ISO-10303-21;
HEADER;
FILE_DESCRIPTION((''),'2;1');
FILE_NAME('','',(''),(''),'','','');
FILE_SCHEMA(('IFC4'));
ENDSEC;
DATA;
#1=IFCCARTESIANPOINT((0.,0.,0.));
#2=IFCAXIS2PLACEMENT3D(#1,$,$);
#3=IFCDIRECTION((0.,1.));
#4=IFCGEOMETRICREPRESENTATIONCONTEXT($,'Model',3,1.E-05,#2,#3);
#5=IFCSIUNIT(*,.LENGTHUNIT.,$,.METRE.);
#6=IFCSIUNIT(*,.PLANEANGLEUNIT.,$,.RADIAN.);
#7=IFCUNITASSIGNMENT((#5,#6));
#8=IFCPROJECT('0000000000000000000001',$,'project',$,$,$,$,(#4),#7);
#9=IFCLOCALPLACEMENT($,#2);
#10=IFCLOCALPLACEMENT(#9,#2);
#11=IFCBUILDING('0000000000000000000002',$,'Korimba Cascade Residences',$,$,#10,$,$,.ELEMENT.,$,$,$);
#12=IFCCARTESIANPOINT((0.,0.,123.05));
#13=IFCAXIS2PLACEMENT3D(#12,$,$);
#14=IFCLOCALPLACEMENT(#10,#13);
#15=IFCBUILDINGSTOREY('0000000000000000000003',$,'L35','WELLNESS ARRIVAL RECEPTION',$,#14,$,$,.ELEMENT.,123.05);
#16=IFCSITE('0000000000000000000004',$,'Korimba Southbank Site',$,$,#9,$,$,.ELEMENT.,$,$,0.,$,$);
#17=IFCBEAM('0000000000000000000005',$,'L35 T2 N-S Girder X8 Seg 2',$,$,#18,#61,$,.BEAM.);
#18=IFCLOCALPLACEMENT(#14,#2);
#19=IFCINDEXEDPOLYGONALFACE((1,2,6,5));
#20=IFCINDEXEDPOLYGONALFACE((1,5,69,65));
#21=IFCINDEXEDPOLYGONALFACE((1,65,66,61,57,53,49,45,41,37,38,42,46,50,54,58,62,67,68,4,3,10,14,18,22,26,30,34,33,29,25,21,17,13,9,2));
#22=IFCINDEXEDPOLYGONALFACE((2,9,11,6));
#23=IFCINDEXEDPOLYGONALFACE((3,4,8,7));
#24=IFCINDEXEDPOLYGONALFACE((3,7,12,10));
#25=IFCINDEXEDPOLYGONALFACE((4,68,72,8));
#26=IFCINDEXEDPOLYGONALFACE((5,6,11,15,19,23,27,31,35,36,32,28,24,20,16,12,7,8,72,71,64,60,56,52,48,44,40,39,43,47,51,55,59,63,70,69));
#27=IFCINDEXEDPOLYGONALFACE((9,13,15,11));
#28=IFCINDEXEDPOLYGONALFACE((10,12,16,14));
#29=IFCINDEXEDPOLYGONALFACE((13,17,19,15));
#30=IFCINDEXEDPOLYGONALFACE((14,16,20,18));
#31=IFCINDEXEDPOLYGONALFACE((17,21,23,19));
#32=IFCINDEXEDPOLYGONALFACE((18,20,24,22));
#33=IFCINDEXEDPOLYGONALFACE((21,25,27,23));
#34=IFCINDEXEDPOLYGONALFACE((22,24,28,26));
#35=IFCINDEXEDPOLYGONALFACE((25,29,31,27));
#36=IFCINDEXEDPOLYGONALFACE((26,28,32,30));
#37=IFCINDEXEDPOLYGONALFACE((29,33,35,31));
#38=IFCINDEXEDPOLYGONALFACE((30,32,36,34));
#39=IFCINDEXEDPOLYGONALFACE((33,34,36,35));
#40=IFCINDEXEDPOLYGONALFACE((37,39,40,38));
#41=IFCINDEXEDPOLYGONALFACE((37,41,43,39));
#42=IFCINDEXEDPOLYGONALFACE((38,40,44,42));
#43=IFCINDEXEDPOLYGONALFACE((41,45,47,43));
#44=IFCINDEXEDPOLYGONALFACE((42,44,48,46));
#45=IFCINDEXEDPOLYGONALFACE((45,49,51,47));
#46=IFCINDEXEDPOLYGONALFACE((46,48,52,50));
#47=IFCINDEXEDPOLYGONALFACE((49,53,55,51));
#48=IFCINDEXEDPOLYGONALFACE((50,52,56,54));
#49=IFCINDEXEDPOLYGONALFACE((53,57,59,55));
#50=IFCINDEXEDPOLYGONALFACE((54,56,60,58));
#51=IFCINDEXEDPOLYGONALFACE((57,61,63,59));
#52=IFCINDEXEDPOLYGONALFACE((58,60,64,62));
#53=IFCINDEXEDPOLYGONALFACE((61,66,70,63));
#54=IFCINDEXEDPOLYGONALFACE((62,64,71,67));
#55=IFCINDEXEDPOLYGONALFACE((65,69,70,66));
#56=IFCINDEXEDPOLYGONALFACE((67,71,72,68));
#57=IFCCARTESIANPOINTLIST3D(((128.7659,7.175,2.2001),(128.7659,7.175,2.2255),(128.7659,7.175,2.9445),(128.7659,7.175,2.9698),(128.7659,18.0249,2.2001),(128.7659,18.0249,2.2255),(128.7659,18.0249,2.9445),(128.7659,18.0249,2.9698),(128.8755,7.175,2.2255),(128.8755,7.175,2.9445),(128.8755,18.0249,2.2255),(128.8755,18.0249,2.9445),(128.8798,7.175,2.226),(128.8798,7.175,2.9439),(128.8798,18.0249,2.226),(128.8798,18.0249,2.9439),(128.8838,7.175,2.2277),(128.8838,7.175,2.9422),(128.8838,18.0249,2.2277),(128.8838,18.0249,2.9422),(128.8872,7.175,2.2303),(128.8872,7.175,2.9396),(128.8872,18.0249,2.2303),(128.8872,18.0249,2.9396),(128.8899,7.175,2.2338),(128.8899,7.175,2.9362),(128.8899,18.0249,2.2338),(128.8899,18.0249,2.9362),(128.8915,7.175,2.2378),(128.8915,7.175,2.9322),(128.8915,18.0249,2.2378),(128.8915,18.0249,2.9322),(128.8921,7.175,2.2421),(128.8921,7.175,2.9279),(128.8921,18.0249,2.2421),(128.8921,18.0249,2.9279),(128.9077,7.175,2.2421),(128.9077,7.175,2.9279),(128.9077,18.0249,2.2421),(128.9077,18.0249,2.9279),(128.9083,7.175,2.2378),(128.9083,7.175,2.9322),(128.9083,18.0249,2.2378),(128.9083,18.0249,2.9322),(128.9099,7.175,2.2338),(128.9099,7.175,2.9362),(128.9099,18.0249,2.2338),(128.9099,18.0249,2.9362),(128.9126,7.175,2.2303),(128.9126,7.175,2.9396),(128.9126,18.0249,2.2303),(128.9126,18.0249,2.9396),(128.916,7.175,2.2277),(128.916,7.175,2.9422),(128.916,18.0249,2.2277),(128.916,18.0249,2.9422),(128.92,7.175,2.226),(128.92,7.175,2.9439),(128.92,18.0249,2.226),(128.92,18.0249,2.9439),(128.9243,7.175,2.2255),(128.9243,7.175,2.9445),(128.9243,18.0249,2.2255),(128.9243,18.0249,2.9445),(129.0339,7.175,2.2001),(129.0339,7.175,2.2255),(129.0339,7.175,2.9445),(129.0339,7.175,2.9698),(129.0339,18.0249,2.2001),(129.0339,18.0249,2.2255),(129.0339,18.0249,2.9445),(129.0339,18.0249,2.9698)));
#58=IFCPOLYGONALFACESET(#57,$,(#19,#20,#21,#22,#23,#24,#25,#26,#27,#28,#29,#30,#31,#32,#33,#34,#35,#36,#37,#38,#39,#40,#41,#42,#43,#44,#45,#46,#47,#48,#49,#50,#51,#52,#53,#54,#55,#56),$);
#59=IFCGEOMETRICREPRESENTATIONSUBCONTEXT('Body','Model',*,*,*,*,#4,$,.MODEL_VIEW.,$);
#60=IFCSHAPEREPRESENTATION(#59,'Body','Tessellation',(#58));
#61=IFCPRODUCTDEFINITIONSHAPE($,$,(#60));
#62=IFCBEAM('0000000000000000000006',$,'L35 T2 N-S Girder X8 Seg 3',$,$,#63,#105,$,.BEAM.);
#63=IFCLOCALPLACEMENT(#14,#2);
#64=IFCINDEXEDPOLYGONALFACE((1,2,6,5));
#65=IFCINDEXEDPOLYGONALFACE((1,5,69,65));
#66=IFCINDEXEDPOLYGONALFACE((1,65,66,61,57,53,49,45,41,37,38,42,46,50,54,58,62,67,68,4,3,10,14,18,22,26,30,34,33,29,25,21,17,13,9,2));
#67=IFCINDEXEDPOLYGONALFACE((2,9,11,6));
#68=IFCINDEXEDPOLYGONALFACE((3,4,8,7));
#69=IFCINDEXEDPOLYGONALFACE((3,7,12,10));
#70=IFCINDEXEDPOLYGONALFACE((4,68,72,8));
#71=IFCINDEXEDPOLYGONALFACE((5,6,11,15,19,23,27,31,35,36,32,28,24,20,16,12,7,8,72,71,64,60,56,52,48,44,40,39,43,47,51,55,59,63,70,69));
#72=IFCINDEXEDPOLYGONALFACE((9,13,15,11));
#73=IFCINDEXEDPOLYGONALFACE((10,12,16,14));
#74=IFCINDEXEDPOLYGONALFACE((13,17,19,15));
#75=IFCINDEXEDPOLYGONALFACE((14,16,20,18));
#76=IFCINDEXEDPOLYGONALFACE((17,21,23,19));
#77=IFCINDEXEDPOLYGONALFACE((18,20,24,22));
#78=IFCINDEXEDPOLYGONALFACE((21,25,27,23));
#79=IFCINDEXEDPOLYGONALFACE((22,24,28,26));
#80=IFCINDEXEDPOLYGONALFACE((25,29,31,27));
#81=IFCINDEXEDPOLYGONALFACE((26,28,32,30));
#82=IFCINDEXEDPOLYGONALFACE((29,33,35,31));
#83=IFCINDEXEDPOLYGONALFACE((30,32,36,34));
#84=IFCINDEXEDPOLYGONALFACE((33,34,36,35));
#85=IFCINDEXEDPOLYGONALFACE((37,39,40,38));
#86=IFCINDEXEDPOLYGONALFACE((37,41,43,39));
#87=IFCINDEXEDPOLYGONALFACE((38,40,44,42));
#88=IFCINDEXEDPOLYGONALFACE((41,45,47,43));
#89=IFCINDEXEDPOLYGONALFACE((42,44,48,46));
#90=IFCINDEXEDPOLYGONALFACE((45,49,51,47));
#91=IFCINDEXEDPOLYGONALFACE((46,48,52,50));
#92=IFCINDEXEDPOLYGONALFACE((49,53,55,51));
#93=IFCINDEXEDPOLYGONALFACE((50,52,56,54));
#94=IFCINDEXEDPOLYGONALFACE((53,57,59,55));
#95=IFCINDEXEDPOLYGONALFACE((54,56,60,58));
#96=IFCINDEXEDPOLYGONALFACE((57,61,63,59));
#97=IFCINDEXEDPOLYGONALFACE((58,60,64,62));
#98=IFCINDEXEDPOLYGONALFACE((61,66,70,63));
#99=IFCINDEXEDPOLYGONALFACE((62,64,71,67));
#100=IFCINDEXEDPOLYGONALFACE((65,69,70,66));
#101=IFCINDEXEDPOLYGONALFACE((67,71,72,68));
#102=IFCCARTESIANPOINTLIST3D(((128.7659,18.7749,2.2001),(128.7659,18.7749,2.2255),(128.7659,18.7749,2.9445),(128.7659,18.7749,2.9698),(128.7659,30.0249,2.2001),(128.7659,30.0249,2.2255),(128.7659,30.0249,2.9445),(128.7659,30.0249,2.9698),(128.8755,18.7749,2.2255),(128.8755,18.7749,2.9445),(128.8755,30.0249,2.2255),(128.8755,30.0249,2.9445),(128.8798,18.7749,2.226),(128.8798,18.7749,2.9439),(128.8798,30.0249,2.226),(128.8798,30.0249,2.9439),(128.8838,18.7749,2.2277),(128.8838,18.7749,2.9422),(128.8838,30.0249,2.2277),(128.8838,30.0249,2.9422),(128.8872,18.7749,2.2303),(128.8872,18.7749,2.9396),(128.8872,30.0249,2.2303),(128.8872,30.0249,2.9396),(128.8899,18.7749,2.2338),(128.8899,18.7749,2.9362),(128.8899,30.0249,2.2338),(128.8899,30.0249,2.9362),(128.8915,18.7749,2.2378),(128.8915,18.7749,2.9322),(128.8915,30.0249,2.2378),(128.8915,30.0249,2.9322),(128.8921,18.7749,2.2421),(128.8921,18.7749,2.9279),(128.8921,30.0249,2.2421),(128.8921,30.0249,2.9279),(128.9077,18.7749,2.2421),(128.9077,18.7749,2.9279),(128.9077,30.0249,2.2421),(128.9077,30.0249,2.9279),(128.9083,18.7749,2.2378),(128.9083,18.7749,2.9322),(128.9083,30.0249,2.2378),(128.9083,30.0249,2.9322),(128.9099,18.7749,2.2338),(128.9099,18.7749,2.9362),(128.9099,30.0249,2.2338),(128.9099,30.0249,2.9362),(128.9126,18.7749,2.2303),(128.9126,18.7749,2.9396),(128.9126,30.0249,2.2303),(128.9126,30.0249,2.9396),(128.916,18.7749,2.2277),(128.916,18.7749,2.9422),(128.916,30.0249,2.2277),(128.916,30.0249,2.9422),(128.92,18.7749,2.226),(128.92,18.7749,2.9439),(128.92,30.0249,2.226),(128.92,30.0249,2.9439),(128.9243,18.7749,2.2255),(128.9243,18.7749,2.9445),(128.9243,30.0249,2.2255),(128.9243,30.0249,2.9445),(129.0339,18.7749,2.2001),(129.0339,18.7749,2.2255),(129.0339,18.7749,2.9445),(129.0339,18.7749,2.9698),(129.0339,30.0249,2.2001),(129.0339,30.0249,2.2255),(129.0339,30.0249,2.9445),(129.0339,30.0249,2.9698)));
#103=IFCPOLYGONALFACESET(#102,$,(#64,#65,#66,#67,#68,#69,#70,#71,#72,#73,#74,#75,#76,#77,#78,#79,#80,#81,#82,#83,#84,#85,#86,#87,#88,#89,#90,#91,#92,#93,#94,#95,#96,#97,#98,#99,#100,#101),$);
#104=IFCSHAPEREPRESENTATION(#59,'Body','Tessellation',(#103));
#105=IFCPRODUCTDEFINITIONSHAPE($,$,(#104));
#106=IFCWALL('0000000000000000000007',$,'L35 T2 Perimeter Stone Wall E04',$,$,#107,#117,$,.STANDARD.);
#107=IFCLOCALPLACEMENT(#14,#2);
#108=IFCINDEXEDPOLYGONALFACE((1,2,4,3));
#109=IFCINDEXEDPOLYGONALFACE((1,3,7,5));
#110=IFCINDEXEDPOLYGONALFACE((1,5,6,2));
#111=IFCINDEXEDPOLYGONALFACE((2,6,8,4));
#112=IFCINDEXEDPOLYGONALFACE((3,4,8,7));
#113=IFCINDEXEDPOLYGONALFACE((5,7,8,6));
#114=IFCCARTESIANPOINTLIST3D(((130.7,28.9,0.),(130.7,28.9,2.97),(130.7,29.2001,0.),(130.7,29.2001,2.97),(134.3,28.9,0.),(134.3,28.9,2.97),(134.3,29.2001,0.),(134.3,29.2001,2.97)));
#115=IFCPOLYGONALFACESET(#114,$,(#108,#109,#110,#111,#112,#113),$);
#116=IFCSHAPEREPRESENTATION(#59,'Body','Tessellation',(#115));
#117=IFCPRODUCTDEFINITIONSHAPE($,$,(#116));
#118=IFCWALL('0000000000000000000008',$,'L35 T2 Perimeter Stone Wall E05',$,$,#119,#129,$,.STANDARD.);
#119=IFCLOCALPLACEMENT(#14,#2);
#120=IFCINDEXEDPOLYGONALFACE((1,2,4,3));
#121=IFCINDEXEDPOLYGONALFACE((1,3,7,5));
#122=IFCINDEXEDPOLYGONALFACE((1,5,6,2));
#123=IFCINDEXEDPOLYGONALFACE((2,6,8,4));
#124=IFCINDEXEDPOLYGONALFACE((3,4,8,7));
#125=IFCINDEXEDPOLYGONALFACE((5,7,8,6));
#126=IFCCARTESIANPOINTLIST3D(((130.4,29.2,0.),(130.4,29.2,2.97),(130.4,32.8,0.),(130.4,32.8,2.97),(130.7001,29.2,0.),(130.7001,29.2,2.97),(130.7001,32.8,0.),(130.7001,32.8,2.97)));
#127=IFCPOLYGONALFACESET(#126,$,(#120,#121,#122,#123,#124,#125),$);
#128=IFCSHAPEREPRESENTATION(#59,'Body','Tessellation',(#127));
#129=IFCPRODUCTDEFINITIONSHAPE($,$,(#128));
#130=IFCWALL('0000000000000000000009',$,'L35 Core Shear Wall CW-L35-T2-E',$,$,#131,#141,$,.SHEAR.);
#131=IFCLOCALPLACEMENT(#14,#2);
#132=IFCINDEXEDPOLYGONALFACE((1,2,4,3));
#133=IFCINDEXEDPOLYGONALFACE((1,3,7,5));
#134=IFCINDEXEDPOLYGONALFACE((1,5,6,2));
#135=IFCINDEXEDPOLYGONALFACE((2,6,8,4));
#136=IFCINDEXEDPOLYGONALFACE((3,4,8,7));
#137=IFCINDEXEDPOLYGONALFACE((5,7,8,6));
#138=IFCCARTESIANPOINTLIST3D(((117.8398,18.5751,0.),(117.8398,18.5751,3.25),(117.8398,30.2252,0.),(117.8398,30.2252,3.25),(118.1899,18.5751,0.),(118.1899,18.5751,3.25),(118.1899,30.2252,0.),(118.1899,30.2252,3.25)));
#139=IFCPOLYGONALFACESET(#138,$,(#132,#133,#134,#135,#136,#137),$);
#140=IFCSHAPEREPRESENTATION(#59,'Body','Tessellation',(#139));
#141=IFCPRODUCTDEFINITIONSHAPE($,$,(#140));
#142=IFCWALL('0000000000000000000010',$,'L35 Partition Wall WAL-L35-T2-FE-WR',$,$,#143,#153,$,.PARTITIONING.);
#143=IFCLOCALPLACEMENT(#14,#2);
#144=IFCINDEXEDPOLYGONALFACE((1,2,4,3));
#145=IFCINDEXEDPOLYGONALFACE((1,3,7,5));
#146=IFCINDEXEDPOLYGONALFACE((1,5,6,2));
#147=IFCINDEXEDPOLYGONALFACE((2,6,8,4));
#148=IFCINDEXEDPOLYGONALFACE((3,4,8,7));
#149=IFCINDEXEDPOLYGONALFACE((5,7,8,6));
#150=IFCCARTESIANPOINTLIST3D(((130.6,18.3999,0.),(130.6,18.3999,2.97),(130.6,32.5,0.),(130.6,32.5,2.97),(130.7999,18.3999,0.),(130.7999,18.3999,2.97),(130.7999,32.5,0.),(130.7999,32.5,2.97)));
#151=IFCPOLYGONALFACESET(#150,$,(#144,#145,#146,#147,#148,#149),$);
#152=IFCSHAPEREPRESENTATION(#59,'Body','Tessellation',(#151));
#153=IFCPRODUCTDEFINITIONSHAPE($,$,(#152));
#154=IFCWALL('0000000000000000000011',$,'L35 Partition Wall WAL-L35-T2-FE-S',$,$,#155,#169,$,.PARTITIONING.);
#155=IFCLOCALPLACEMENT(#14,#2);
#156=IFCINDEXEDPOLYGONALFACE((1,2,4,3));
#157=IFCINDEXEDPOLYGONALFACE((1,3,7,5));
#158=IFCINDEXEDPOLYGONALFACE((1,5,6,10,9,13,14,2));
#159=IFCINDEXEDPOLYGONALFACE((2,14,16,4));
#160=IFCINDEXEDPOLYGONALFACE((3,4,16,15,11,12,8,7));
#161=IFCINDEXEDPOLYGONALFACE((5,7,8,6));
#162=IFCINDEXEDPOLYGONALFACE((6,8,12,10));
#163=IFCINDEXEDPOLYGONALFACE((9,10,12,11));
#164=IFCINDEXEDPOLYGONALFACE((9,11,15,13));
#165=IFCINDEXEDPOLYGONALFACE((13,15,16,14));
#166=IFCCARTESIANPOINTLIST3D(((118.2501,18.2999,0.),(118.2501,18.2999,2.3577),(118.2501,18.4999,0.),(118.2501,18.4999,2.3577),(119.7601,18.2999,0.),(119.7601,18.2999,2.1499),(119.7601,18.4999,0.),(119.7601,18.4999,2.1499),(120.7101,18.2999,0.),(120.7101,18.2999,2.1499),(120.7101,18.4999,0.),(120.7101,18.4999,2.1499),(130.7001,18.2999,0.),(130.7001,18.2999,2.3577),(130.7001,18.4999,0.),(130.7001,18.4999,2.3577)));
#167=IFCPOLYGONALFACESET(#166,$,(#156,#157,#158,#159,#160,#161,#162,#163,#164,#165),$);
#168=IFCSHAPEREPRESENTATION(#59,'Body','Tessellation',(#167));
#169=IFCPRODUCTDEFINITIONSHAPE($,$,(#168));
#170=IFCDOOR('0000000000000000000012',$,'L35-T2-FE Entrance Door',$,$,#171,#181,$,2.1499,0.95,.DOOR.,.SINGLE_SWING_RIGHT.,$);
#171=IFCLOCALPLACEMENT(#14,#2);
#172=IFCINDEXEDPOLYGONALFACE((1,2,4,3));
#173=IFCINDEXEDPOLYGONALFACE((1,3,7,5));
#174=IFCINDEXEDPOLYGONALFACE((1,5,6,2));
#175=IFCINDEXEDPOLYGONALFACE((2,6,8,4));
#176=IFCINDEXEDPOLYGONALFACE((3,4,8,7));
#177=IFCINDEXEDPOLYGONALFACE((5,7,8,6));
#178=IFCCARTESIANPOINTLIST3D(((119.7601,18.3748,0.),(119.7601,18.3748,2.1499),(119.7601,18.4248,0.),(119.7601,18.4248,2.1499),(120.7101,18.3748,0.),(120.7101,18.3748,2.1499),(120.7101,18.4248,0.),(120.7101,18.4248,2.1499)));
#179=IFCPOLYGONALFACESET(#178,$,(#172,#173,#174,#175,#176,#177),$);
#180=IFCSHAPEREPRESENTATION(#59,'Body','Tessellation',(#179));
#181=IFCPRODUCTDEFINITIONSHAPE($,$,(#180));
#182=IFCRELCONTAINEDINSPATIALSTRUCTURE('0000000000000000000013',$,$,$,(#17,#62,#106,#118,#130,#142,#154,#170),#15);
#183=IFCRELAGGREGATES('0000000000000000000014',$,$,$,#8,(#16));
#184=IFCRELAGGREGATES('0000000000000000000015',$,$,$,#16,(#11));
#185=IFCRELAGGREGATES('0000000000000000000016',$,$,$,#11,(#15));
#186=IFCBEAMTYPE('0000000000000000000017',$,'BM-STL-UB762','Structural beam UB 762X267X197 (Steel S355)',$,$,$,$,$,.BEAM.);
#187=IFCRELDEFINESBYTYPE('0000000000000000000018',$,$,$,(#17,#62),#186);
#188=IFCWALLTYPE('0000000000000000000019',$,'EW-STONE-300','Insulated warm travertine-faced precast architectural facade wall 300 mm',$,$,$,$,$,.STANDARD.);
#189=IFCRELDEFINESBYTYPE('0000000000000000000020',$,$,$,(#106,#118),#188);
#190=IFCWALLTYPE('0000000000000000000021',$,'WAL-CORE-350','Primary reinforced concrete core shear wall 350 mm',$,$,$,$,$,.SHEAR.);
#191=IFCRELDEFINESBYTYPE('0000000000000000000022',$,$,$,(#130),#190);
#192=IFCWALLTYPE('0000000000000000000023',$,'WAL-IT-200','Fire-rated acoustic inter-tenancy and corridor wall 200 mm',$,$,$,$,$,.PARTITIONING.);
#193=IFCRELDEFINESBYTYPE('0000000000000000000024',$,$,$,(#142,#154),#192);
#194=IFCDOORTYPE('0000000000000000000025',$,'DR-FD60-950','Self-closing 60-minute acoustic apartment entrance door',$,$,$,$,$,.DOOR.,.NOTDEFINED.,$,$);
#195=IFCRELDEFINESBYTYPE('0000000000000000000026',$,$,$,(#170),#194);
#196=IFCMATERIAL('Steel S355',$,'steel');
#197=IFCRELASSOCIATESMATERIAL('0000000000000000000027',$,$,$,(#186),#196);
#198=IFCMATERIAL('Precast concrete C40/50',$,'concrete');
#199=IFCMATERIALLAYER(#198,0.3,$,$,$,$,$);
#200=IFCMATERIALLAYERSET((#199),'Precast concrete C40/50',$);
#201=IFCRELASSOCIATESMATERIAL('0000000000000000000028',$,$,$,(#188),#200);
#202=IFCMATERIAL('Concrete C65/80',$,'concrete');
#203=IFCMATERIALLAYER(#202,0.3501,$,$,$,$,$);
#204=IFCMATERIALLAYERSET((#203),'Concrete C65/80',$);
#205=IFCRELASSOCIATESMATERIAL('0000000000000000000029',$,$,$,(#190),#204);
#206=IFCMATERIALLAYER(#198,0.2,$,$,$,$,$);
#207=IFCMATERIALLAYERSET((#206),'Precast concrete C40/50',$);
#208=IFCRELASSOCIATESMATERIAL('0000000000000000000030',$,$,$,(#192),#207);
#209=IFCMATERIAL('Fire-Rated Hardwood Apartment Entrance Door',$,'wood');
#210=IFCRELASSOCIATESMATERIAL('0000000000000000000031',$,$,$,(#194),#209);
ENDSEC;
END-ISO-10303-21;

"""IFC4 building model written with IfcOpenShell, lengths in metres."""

from ifc_helpers import new_model, si_unit, direction, frame, frame_2d, origin, origin_2d, place, context, subcontext, project, spatial, rectangle, i_section, extrude, material, layer, layer_set, material_profile, profile_set, type_object, element, fill, save


model = new_model("IFC4")

# Units and contexts
model_context = context("Model", 3, precision=1e-05, world=origin(), true_north=direction((0.0, 1.0)))
body_context = subcontext(model_context, "Body", "Model", "MODEL_VIEW")
ifc_project = project(units=[si_unit("LENGTHUNIT", "METRE"), si_unit("PLANEANGLEUNIT", "RADIAN")], contexts=[model_context])

# Site, building, storey
site_placement = place(None, origin())
site = spatial("IfcSite", under=ifc_project, at=site_placement, Name="Korimba Southbank Site", CompositionType="ELEMENT", RefElevation=0.0)
building_placement = place(site_placement, origin())
building = spatial("IfcBuilding", under=site, at=building_placement, Name="Korimba Cascade Residences", CompositionType="ELEMENT")
storey_placement = place(building_placement, frame((0.0, 0.0, 123.05)))
storey = spatial("IfcBuildingStorey", under=building, at=storey_placement, Name="L35", Description="WELLNESS ARRIVAL RECEPTION", CompositionType="ELEMENT", Elevation=123.05)

# Shared definitions
ifc_material_1 = material(Name="Concrete C65/80", Category="concrete")

# Beams
ifc_material_2 = material(Name="Steel S355", Category="steel")
ifc_material_profile_1 = material_profile(ifc_material_2, i_section(OverallWidth=0.2681, OverallDepth=0.7698, WebThickness=0.0156, FlangeThickness=0.0254, FilletRadius=0.0166, at=origin_2d()), Name="Steel S355")
ifc_profile_set_1 = profile_set([ifc_material_profile_1], Name="Steel S355")
beam_type_1 = type_object("IfcBeamType", Name="BM-STL-UB762", Description="Structural beam UB 762X267X197 (Steel S355)", PredefinedType="BEAM", material=ifc_profile_set_1)
beam_1_placement = place(storey_placement, frame((128.8999, 7.175, 2.585), z_axis=(0.0, 1.0, 0.0), x_axis=(-1.0, 0.0, 0.0)))
element("IfcBeam", 1, at=beam_1_placement, inside=storey, type_object=beam_type_1, Name="L35 T2 N-S Girder X8 Seg 2", PredefinedType="BEAM", context=body_context, shape_type="SweptSolid", body=[
    extrude(i_section(OverallWidth=0.2681, OverallDepth=0.7698, WebThickness=0.0156, FlangeThickness=0.0254, FilletRadius=0.0166, at=origin_2d()), origin(), (0.0, 0.0, 1.0), 10.8499),
])
beam_2_placement = place(storey_placement, frame((128.8999, 18.7749, 2.585), z_axis=(0.0, 1.0, 0.0), x_axis=(-1.0, 0.0, 0.0)))
element("IfcBeam", 2, at=beam_2_placement, inside=storey, type_object=beam_type_1, Name="L35 T2 N-S Girder X8 Seg 3", PredefinedType="BEAM", context=body_context, shape_type="SweptSolid", body=[
    extrude(i_section(OverallWidth=0.2681, OverallDepth=0.7698, WebThickness=0.0156, FlangeThickness=0.0254, FilletRadius=0.0166, at=origin_2d()), origin(), (0.0, 0.0, 1.0), 11.25),
])

# Walls
ifc_material_3 = material(Name="Precast concrete C40/50", Category="concrete")
ifc_layer_1 = layer(ifc_material_3, 0.3)
ifc_layer_set_1 = layer_set([ifc_layer_1], Name="Precast concrete C40/50")
wall_type_1 = type_object("IfcWallType", Name="EW-STONE-300", Description="Insulated warm travertine-faced precast architectural facade wall 300 mm", PredefinedType="STANDARD", material=ifc_layer_set_1)
for number, where, z_axis, x_axis, name in (
    (3, (134.3, 29.05, 0.0), (0.0, 0.0, 1.0), (-1.0, 0.0, 0.0), "L35 T2 Perimeter Stone Wall E04"),
    (4, (130.55, 29.2, 0.0), (0.0, 0.0, 1.0), (0.0, 1.0, 0.0), "L35 T2 Perimeter Stone Wall E05"),
):
    element("IfcWall", number, at=place(storey_placement, frame(where, z_axis=z_axis, x_axis=x_axis)), inside=storey, type_object=wall_type_1, Name=name, PredefinedType="STANDARD", context=body_context, shape_type="SweptSolid", body=[
        extrude(rectangle(XDim=3.6001, YDim=0.3, at=frame_2d((1.8, 0.0))), origin(), (0.0, 0.0, 1.0), 2.97),
    ])
ifc_layer_2 = layer(ifc_material_1, 0.3501)
ifc_layer_set_2 = layer_set([ifc_layer_2], Name="Concrete C65/80")
wall_type_2 = type_object("IfcWallType", Name="WAL-CORE-350", Description="Primary reinforced concrete core shear wall 350 mm", PredefinedType="SHEAR", material=ifc_layer_set_2)
wall_1_placement = place(storey_placement, frame((118.0149, 18.575, 0.0), z_axis=(0.0, 0.0, 1.0), x_axis=(0.0, 1.0, 0.0)))
element("IfcWall", 5, at=wall_1_placement, inside=storey, type_object=wall_type_2, Name="L35 Core Shear Wall CW-L35-T2-E", PredefinedType="SHEAR", context=body_context, shape_type="SweptSolid", body=[
    extrude(rectangle(XDim=11.6501, YDim=0.3501, at=frame_2d((5.8252, 0.0))), origin(), (0.0, 0.0, 1.0), 3.25),
])
ifc_layer_3 = layer(ifc_material_3, 0.2)
ifc_layer_set_3 = layer_set([ifc_layer_3], Name="Precast concrete C40/50")
wall_type_3 = type_object("IfcWallType", Name="WAL-IT-200", Description="Fire-rated acoustic inter-tenancy and corridor wall 200 mm", PredefinedType="PARTITIONING", material=ifc_layer_set_3)
wall_2_placement = place(storey_placement, frame((130.7, 18.3999, 0.0), z_axis=(0.0, 0.0, 1.0), x_axis=(0.0, 1.0, 0.0)))
element("IfcWall", 6, at=wall_2_placement, inside=storey, type_object=wall_type_3, Name="L35 Partition Wall WAL-L35-T2-FE-WR", PredefinedType="PARTITIONING", context=body_context, shape_type="SweptSolid", body=[
    extrude(rectangle(XDim=14.1001, YDim=0.2, at=frame_2d((7.05, 0.0))), origin(), (0.0, 0.0, 1.0), 2.97),
])

# Wall, opening, door
wall_3_placement = place(storey_placement, frame((118.25, 18.3999, 0.0), z_axis=(0.0, 0.0, 1.0), x_axis=(1.0, 0.0, 0.0)))
wall_3 = element("IfcWall", 7, at=wall_3_placement, inside=storey, type_object=wall_type_3, Name="L35 Partition Wall WAL-L35-T2-FE-S", PredefinedType="PARTITIONING", context=body_context, shape_type="SweptSolid", body=[
    extrude(rectangle(XDim=12.45, YDim=0.2, at=frame_2d((6.2251, 0.0))), origin(), (0.0, 0.0, 1.0), 2.3577),
])
opening_1_placement = place(wall_3_placement, frame((1.51, 0.0, 0.0)))
opening_1 = element("IfcOpeningElement", 8, at=opening_1_placement, cuts=wall_3, PredefinedType="OPENING", context=body_context, shape_type="SweptSolid", body=[
    extrude(rectangle(XDim=0.95, YDim=2.1499, at=frame_2d((0.4751, 1.075))), frame((0.0, 0.1099, 0.0), z_axis=(0.0, -1.0, 0.0), x_axis=(1.0, 0.0, 0.0)), (0.0, 0.0, 1.0), 0.22),
])
ifc_material_4 = material(Name="Fire-Rated Hardwood Apartment Entrance Door", Category="wood")
door_type_1 = type_object("IfcDoorType", Name="DR-FD60-950", Description="Self-closing 60-minute acoustic apartment entrance door", OperationType="NOTDEFINED", PredefinedType="DOOR", material=ifc_material_4)
door_1_placement = place(opening_1_placement, origin())
door_1 = element("IfcDoor", 9, at=door_1_placement, inside=storey, type_object=door_type_1, Name="L35-T2-FE Entrance Door", OperationType="SINGLE_SWING_RIGHT", OverallHeight=2.1499, OverallWidth=0.95, PredefinedType="DOOR", context=body_context, shape_type="SweptSolid", body=[
    extrude(rectangle(XDim=0.95, YDim=2.1499, at=frame_2d((0.4751, 1.075))), frame((0.0, 0.0249, 0.0), z_axis=(0.0, -1.0, 0.0), x_axis=(1.0, 0.0, 0.0)), (0.0, 0.0, 1.0), 0.05),
])
fill(opening_1, door_1)

save(model, "model.ifc")
